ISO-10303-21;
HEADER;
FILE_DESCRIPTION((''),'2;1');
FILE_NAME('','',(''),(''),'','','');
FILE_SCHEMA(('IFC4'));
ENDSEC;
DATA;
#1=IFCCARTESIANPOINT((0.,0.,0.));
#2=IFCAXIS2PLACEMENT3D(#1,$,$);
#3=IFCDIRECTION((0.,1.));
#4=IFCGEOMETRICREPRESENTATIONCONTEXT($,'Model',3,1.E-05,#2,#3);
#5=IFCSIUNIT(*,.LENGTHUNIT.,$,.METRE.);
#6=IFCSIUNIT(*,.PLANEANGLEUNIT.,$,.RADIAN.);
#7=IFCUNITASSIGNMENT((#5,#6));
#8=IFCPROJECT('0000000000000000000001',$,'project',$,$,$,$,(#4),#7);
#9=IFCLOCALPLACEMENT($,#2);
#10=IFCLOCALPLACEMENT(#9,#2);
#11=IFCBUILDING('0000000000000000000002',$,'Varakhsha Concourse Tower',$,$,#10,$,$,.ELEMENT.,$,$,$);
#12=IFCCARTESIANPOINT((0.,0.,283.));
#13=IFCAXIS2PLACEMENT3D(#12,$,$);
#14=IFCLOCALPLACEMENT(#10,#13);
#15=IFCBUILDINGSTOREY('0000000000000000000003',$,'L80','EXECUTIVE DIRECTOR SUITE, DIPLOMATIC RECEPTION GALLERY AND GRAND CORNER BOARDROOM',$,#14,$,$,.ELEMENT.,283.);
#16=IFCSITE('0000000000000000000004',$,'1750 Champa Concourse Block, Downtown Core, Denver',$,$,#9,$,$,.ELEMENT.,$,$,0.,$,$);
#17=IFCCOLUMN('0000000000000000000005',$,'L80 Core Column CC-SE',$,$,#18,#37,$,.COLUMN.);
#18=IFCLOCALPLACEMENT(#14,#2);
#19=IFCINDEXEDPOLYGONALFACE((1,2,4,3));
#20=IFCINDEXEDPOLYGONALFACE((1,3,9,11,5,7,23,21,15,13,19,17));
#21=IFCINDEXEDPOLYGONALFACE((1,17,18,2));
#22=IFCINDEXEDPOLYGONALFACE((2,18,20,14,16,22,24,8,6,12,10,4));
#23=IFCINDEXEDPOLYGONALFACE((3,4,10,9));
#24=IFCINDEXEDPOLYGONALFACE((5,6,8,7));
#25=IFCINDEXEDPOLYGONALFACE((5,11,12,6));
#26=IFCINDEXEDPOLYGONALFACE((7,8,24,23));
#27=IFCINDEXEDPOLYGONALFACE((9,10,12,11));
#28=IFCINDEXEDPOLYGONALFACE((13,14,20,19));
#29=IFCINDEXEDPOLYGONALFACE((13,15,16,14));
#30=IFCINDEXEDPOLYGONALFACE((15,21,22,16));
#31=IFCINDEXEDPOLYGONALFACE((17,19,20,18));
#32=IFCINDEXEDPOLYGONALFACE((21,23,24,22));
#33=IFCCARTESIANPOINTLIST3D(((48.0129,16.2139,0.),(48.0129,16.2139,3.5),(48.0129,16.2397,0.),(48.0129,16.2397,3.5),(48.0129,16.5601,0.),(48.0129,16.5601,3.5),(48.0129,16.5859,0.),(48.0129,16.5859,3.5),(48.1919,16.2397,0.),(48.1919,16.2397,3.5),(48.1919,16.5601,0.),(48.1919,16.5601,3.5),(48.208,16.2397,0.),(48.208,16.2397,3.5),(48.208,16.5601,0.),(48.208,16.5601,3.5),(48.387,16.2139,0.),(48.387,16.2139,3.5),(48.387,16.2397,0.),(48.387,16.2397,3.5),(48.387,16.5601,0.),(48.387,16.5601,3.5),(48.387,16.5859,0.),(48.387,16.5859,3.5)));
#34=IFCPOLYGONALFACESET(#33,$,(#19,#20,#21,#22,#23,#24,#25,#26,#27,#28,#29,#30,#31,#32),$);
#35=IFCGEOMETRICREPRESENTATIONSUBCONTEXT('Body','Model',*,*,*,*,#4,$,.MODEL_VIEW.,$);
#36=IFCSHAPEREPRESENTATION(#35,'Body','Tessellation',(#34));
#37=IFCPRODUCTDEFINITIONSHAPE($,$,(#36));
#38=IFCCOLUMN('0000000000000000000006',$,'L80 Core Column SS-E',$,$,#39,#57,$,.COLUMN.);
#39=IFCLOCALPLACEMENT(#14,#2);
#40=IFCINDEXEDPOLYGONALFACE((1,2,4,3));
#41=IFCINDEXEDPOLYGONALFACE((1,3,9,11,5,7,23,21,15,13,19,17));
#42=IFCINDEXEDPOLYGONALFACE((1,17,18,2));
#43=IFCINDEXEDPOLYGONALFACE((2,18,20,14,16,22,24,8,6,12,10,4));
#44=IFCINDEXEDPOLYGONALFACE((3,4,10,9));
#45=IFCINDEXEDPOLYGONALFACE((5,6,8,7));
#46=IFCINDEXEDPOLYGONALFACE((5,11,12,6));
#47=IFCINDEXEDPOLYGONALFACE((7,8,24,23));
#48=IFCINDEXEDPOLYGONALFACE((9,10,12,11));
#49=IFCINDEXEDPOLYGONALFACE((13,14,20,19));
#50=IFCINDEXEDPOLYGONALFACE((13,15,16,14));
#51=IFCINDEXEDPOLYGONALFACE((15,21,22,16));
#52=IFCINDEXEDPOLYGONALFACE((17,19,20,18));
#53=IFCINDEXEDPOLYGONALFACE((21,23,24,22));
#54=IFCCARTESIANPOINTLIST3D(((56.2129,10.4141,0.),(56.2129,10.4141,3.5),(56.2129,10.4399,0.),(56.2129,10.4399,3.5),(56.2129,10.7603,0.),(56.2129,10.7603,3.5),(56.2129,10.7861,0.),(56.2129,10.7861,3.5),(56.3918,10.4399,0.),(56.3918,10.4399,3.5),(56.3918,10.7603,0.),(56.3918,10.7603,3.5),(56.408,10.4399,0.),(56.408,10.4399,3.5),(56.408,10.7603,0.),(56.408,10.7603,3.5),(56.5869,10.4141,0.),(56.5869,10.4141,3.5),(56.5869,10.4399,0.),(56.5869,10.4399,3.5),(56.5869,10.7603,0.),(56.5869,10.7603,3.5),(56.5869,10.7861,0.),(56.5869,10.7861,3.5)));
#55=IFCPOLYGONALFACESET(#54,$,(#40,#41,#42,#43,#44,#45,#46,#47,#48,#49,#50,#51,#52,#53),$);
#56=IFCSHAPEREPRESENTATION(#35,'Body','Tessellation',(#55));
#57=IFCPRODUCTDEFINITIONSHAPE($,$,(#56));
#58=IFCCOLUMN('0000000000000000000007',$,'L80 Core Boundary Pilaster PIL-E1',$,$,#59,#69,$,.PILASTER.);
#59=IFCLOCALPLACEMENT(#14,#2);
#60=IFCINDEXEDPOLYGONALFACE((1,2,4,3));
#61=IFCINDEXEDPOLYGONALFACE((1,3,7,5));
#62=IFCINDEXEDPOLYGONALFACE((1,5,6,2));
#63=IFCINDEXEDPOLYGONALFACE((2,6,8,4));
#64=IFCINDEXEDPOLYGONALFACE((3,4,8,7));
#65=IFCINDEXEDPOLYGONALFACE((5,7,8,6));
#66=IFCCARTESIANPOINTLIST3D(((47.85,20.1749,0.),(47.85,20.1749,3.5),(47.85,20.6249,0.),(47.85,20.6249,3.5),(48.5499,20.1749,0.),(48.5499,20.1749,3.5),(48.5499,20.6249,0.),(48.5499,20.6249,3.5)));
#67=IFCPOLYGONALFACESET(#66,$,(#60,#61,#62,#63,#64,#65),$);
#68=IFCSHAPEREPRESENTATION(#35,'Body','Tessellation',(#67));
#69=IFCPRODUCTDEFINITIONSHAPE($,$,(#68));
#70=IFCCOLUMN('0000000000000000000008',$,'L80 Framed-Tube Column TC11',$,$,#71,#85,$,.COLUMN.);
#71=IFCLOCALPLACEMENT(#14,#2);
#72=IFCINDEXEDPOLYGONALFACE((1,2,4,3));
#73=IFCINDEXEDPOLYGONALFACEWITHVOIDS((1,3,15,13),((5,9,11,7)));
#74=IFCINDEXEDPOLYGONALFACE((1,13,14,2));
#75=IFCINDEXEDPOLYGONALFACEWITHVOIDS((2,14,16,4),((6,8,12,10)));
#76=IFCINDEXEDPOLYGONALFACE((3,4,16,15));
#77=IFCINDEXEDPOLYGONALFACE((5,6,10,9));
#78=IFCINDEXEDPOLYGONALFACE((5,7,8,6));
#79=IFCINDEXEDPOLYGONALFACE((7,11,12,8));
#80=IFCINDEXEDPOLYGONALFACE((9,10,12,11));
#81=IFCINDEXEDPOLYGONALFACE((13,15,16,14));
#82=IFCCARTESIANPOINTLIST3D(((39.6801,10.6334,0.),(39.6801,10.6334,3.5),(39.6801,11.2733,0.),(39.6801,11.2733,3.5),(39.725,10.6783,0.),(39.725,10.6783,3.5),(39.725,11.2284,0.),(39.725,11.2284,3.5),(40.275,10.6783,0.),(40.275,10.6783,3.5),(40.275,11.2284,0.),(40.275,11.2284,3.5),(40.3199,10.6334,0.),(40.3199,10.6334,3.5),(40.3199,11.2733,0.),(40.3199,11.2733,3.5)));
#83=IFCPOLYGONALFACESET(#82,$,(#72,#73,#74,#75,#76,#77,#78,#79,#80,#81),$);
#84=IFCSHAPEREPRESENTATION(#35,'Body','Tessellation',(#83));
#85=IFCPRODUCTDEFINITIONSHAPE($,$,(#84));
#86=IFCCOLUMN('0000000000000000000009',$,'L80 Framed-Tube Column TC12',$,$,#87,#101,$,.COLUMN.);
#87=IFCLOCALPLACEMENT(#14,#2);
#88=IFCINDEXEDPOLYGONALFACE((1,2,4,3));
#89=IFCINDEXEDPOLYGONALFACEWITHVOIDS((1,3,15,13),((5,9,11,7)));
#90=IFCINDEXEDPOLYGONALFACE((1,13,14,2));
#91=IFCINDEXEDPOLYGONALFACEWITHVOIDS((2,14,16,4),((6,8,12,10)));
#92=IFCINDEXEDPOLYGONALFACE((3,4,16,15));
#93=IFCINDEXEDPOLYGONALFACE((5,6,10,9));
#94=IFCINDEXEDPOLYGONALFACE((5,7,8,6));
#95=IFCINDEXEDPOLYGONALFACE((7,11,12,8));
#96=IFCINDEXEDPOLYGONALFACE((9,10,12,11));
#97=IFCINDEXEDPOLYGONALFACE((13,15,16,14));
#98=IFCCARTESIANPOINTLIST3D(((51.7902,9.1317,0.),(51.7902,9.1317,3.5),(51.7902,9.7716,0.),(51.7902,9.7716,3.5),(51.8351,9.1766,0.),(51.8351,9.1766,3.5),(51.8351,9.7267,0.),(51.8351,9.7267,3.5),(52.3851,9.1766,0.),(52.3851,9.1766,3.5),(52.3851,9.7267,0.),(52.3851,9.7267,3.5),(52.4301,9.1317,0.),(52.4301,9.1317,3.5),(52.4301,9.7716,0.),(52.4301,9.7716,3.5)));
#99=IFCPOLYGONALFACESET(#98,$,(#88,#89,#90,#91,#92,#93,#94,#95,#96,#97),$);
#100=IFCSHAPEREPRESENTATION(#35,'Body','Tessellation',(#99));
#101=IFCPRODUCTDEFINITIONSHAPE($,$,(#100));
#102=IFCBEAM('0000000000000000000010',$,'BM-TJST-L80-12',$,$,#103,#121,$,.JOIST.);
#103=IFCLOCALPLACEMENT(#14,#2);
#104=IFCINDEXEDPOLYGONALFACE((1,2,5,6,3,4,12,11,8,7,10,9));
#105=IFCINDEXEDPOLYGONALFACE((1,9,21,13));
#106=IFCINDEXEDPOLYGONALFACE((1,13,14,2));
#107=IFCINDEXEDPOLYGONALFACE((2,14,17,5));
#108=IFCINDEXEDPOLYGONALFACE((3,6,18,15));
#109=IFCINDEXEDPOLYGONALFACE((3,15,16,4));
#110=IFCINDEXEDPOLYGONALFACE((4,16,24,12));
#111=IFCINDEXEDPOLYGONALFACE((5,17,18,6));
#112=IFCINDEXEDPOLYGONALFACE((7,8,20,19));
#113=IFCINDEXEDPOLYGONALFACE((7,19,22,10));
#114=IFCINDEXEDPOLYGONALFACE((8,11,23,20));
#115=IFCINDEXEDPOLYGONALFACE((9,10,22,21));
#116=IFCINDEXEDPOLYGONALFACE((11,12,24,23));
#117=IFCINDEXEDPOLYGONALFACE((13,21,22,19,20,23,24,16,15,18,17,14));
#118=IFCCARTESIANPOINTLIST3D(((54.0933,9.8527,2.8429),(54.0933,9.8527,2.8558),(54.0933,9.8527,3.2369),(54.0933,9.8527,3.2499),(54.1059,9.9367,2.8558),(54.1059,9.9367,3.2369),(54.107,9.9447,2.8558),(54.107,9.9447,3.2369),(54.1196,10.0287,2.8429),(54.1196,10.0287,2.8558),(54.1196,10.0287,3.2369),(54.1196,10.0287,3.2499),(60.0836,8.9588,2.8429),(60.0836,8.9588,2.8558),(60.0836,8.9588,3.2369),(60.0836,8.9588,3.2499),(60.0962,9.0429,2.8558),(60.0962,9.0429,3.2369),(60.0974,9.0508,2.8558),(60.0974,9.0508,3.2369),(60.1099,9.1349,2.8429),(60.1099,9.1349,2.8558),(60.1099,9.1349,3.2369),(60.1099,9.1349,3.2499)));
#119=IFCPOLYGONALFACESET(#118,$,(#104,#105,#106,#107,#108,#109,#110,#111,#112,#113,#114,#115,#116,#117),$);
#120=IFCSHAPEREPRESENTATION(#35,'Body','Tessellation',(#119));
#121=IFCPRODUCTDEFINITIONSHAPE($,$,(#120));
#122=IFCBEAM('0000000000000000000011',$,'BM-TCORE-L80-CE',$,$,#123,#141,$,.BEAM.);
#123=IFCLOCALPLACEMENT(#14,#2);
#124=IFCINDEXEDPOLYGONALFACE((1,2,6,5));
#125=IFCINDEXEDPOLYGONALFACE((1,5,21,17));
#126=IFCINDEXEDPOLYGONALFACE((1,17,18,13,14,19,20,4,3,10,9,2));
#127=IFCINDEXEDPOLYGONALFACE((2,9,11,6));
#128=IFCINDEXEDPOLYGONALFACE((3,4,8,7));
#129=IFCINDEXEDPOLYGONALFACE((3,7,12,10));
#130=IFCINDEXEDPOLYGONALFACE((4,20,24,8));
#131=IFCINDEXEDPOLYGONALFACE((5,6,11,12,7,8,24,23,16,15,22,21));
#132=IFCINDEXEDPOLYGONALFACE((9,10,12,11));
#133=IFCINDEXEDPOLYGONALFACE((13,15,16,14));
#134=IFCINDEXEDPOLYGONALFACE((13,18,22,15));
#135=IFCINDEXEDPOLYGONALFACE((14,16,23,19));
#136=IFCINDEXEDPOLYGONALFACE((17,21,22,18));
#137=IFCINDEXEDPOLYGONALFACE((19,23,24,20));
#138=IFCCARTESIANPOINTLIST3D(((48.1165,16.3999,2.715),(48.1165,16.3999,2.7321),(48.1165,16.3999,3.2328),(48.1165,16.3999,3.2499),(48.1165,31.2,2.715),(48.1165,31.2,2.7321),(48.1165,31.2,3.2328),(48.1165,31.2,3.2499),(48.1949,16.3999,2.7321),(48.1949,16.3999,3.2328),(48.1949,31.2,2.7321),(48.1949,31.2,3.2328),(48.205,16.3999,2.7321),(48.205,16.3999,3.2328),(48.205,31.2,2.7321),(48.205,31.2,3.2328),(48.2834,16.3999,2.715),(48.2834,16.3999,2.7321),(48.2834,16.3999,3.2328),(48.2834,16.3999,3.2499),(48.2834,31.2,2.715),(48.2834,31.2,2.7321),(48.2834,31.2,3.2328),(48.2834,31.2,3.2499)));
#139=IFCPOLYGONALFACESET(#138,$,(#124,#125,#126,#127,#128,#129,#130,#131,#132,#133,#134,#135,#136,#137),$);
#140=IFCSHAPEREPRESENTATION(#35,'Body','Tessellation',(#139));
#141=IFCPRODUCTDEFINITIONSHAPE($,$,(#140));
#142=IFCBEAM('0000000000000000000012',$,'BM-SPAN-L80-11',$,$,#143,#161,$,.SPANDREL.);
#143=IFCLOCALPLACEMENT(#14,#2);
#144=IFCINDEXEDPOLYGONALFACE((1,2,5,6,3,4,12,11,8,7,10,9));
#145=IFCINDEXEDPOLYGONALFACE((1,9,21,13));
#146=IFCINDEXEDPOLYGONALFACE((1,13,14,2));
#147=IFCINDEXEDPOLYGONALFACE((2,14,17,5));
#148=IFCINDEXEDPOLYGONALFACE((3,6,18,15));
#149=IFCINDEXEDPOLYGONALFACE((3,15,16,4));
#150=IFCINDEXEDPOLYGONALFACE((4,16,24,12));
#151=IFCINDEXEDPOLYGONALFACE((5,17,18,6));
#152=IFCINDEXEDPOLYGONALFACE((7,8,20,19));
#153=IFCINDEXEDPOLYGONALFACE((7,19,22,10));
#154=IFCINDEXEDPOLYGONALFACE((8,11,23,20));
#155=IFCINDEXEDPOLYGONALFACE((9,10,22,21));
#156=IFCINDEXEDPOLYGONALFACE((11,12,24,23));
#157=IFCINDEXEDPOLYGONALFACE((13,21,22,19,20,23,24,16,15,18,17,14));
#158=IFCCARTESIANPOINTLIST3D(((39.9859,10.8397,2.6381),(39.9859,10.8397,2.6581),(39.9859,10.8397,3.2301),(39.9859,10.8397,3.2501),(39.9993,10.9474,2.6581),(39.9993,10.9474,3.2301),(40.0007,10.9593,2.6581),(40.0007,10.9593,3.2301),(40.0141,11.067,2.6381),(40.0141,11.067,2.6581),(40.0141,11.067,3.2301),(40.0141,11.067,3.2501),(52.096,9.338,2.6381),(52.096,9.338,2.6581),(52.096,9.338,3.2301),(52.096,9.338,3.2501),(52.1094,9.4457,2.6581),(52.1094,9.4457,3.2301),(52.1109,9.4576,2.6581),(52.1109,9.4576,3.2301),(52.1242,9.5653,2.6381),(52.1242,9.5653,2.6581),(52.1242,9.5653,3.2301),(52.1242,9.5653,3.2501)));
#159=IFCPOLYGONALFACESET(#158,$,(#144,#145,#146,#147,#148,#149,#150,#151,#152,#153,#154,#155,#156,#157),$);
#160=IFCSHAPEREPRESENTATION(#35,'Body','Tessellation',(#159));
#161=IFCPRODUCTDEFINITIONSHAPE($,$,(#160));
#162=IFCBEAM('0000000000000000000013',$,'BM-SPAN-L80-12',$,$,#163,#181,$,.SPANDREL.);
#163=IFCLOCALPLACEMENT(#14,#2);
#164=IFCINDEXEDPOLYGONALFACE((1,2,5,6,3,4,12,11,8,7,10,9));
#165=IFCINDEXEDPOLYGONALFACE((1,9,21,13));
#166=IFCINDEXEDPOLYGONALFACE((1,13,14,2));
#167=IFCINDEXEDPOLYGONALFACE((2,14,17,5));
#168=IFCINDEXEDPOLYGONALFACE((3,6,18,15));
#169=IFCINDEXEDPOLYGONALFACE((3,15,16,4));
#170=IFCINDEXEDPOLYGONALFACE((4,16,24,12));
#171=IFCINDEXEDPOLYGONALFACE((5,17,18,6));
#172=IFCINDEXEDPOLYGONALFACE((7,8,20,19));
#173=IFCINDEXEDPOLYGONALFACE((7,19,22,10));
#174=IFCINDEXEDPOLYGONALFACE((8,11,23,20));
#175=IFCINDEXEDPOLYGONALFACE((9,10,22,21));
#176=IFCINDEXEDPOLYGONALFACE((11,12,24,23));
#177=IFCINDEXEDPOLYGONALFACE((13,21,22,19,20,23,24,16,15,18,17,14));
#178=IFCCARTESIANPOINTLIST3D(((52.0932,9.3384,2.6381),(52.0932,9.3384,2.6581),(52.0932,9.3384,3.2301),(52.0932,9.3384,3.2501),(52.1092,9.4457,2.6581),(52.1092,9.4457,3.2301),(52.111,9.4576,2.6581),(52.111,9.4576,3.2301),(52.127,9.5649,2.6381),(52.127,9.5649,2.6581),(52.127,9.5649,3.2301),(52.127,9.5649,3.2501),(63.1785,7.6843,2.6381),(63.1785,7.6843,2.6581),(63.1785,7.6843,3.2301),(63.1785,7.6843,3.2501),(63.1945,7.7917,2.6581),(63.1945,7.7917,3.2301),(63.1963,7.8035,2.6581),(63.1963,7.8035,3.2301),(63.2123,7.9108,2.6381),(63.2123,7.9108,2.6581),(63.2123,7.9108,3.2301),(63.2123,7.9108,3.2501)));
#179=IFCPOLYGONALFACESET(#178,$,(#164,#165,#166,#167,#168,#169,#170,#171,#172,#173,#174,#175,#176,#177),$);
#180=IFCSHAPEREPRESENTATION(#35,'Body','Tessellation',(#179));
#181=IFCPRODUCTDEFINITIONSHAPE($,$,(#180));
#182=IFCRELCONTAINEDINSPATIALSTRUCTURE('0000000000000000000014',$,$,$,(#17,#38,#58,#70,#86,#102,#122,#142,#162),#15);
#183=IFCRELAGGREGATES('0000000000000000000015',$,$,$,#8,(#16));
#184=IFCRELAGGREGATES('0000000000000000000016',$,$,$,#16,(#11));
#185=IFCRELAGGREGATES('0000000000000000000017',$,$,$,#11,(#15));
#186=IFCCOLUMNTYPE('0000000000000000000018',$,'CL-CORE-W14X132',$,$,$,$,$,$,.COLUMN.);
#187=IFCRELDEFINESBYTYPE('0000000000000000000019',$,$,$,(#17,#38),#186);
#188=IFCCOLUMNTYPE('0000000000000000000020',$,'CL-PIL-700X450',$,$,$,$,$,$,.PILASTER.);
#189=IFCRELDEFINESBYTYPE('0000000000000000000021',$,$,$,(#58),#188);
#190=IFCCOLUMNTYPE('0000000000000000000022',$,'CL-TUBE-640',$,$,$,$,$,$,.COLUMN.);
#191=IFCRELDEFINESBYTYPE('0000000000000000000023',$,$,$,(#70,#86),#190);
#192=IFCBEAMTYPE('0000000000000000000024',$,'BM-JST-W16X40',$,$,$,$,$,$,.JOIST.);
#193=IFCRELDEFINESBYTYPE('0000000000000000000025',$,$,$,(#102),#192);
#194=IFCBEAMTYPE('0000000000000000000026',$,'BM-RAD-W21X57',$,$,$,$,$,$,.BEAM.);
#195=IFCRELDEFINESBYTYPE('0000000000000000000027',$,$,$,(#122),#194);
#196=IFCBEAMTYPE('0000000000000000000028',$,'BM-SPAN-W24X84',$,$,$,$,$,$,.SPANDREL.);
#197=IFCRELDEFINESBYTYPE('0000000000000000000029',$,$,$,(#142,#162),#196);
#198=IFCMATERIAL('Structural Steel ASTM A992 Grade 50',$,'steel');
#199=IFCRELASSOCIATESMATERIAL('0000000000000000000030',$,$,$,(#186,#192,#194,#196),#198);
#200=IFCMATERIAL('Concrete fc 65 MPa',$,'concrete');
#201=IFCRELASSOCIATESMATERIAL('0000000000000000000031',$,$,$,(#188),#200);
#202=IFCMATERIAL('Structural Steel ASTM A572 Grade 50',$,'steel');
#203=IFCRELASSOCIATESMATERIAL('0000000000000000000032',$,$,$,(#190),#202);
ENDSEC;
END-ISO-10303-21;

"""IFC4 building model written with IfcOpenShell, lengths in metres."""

from ifc_helpers import new_model, si_unit, direction, frame, origin, origin_2d, place, context, subcontext, project, spatial, rectangle, hollow_rectangle, i_section, extrude, material, material_profile, profile_set, type_object, element, save


model = new_model("IFC4")

# Units and contexts
model_context = context("Model", 3, precision=1e-05, world=origin(), true_north=direction((0.0, 1.0)))
body_context = subcontext(model_context, "Body", "Model", "MODEL_VIEW")
ifc_project = project(units=[si_unit("LENGTHUNIT", "METRE"), si_unit("PLANEANGLEUNIT", "RADIAN")], contexts=[model_context])

# Site, building, storey
site_placement = place(None, origin())
site = spatial("IfcSite", under=ifc_project, at=site_placement, Name="1750 Champa Concourse Block, Downtown Core, Denver", CompositionType="ELEMENT", RefElevation=0.0)
building_placement = place(site_placement, origin())
building = spatial("IfcBuilding", under=site, at=building_placement, Name="Varakhsha Concourse Tower", CompositionType="ELEMENT")
storey_placement = place(building_placement, frame((0.0, 0.0, 283.0)))
storey = spatial("IfcBuildingStorey", under=building, at=storey_placement, Name="L80", Description="EXECUTIVE DIRECTOR SUITE, DIPLOMATIC RECEPTION GALLERY AND GRAND CORNER BOARDROOM", CompositionType="ELEMENT", Elevation=283.0)

# Columns
ifc_material_1 = material(Name="Structural Steel ASTM A992 Grade 50", Category="steel")
ifc_material_profile_1 = material_profile(ifc_material_1, i_section(OverallWidth=0.374, OverallDepth=0.3721, WebThickness=0.0161, FlangeThickness=0.0259, at=origin_2d()), Name="W14X132")
ifc_profile_set_1 = profile_set([ifc_material_profile_1], Name="Structural Steel ASTM A992 Grade 50")
column_type_1 = type_object("IfcColumnType", Name="CL-CORE-W14X132", PredefinedType="COLUMN", material=ifc_profile_set_1)
for number, where, z_axis, x_axis, name in (
    (1, (48.2, 16.3999, 0.0), (0.0, 0.0, 1.0), (1.0, 0.0, 0.0), "L80 Core Column CC-SE"),
    (2, (56.3999, 10.6001, 0.0), (0.0, 0.0, 1.0), (1.0, 0.0, 0.0), "L80 Core Column SS-E"),
):
    element("IfcColumn", number, at=place(storey_placement, frame(where, z_axis=z_axis, x_axis=x_axis)), inside=storey, type_object=column_type_1, Name=name, PredefinedType="COLUMN", context=body_context, shape_type="SweptSolid", body=[
        extrude(i_section(OverallWidth=0.374, OverallDepth=0.3721, WebThickness=0.0161, FlangeThickness=0.0259, at=origin_2d()), origin(), (0.0, 0.0, 1.0), 3.5),
    ])
ifc_material_2 = material(Name="Concrete fc 65 MPa", Category="concrete")
ifc_material_profile_2 = material_profile(ifc_material_2, rectangle(XDim=0.7, YDim=0.45, at=origin_2d()), Name="RC 700x450")
ifc_profile_set_2 = profile_set([ifc_material_profile_2], Name="Concrete fc 65 MPa")
column_type_2 = type_object("IfcColumnType", Name="CL-PIL-700X450", PredefinedType="PILASTER", material=ifc_profile_set_2)
column_placement = place(storey_placement, frame((48.2, 20.3999, 0.0), z_axis=(0.0, 0.0, 1.0), x_axis=(1.0, 0.0, 0.0)))
element("IfcColumn", 3, at=column_placement, inside=storey, type_object=column_type_2, Name="L80 Core Boundary Pilaster PIL-E1", PredefinedType="PILASTER", context=body_context, shape_type="SweptSolid", body=[
    extrude(rectangle(XDim=0.7, YDim=0.45, at=origin_2d()), origin(), (0.0, 0.0, 1.0), 3.5),
])
ifc_material_3 = material(Name="Structural Steel ASTM A572 Grade 50", Category="steel")
ifc_material_profile_3 = material_profile(ifc_material_3, hollow_rectangle(XDim=0.6399, YDim=0.6399, WallThickness=0.0449, at=origin_2d()), Name="BOX 640x640x45")
ifc_profile_set_3 = profile_set([ifc_material_profile_3], Name="Structural Steel ASTM A572 Grade 50")
column_type_3 = type_object("IfcColumnType", Name="CL-TUBE-640", PredefinedType="COLUMN", material=ifc_profile_set_3)
for number, where, z_axis, x_axis, name in (
    (4, (40.0, 10.9534, 0.0), (0.0, 0.0, 1.0), (1.0, 0.0, 0.0), "L80 Framed-Tube Column TC11"),
    (5, (52.1101, 9.4517, 0.0), (0.0, 0.0, 1.0), (1.0, 0.0, 0.0), "L80 Framed-Tube Column TC12"),
):
    element("IfcColumn", number, at=place(storey_placement, frame(where, z_axis=z_axis, x_axis=x_axis)), inside=storey, type_object=column_type_3, Name=name, PredefinedType="COLUMN", context=body_context, shape_type="SweptSolid", body=[
        extrude(hollow_rectangle(XDim=0.6399, YDim=0.6399, WallThickness=0.0449, at=origin_2d()), origin(), (0.0, 0.0, 1.0), 3.5),
    ])

# Beams
ifc_material_profile_4 = material_profile(ifc_material_1, i_section(OverallWidth=0.178, OverallDepth=0.407, WebThickness=0.0081, FlangeThickness=0.0129, at=origin_2d()), Name="W16X40")
ifc_profile_set_4 = profile_set([ifc_material_profile_4], Name="Structural Steel ASTM A992 Grade 50")
beam_type_1 = type_object("IfcBeamType", Name="BM-JST-W16X40", PredefinedType="JOIST", material=ifc_profile_set_4)
beam_1_placement = place(storey_placement, frame((54.1064, 9.9407, 3.0464), z_axis=(0.989051, -0.147576, 0.0), x_axis=(0.147576, 0.989051, 0.0)))
element("IfcBeam", 6, at=beam_1_placement, inside=storey, type_object=beam_type_1, Name="BM-TJST-L80-12", PredefinedType="JOIST", context=body_context, shape_type="SweptSolid", body=[
    extrude(i_section(OverallWidth=0.178, OverallDepth=0.407, WebThickness=0.0081, FlangeThickness=0.0129, at=origin_2d()), origin(), (0.0, 0.0, 1.0), 6.0566),
])
ifc_material_profile_5 = material_profile(ifc_material_1, i_section(OverallWidth=0.167, OverallDepth=0.5349, WebThickness=0.01, FlangeThickness=0.0171, at=origin_2d()), Name="W21X57")
ifc_profile_set_5 = profile_set([ifc_material_profile_5], Name="Structural Steel ASTM A992 Grade 50")
beam_type_2 = type_object("IfcBeamType", Name="BM-RAD-W21X57", PredefinedType="BEAM", material=ifc_profile_set_5)
beam_2_placement = place(storey_placement, frame((48.2, 16.3999, 2.9824), z_axis=(0.0, 1.0, 0.0), x_axis=(-1.0, 0.0, 0.0)))
element("IfcBeam", 7, at=beam_2_placement, inside=storey, type_object=beam_type_2, Name="BM-TCORE-L80-CE", PredefinedType="BEAM", context=body_context, shape_type="SweptSolid", body=[
    extrude(i_section(OverallWidth=0.167, OverallDepth=0.5349, WebThickness=0.01, FlangeThickness=0.0171, at=origin_2d()), origin(), (0.0, 0.0, 1.0), 14.8),
])
ifc_material_profile_6 = material_profile(ifc_material_1, i_section(OverallWidth=0.229, OverallDepth=0.6121, WebThickness=0.012, FlangeThickness=0.02, at=origin_2d()), Name="W24X84")
ifc_profile_set_6 = profile_set([ifc_material_profile_6], Name="Structural Steel ASTM A992 Grade 50")
beam_type_3 = type_object("IfcBeamType", Name="BM-SPAN-W24X84", PredefinedType="SPANDREL", material=ifc_profile_set_6)
beam_3_placement = place(storey_placement, frame((40.0, 10.9534, 2.9441), z_axis=(0.992399, -0.123062, 0.0), x_axis=(0.123062, 0.992399, 0.0)))
element("IfcBeam", 8, at=beam_3_placement, inside=storey, type_object=beam_type_3, Name="BM-SPAN-L80-11", PredefinedType="SPANDREL", context=body_context, shape_type="SweptSolid", body=[
    extrude(i_section(OverallWidth=0.229, OverallDepth=0.6121, WebThickness=0.012, FlangeThickness=0.02, at=origin_2d()), origin(), (0.0, 0.0, 1.0), 12.2029),
])
beam_4_placement = place(storey_placement, frame((52.1101, 9.4517, 2.9441), z_axis=(0.98905, -0.147579, 0.0), x_axis=(0.147579, 0.98905, 0.0)))
element("IfcBeam", 9, at=beam_4_placement, inside=storey, type_object=beam_type_3, Name="BM-SPAN-L80-12", PredefinedType="SPANDREL", context=body_context, shape_type="SweptSolid", body=[
    extrude(i_section(OverallWidth=0.229, OverallDepth=0.6121, WebThickness=0.012, FlangeThickness=0.02, at=origin_2d()), origin(), (0.0, 0.0, 1.0), 11.208),
])

save(model, "model.ifc")
